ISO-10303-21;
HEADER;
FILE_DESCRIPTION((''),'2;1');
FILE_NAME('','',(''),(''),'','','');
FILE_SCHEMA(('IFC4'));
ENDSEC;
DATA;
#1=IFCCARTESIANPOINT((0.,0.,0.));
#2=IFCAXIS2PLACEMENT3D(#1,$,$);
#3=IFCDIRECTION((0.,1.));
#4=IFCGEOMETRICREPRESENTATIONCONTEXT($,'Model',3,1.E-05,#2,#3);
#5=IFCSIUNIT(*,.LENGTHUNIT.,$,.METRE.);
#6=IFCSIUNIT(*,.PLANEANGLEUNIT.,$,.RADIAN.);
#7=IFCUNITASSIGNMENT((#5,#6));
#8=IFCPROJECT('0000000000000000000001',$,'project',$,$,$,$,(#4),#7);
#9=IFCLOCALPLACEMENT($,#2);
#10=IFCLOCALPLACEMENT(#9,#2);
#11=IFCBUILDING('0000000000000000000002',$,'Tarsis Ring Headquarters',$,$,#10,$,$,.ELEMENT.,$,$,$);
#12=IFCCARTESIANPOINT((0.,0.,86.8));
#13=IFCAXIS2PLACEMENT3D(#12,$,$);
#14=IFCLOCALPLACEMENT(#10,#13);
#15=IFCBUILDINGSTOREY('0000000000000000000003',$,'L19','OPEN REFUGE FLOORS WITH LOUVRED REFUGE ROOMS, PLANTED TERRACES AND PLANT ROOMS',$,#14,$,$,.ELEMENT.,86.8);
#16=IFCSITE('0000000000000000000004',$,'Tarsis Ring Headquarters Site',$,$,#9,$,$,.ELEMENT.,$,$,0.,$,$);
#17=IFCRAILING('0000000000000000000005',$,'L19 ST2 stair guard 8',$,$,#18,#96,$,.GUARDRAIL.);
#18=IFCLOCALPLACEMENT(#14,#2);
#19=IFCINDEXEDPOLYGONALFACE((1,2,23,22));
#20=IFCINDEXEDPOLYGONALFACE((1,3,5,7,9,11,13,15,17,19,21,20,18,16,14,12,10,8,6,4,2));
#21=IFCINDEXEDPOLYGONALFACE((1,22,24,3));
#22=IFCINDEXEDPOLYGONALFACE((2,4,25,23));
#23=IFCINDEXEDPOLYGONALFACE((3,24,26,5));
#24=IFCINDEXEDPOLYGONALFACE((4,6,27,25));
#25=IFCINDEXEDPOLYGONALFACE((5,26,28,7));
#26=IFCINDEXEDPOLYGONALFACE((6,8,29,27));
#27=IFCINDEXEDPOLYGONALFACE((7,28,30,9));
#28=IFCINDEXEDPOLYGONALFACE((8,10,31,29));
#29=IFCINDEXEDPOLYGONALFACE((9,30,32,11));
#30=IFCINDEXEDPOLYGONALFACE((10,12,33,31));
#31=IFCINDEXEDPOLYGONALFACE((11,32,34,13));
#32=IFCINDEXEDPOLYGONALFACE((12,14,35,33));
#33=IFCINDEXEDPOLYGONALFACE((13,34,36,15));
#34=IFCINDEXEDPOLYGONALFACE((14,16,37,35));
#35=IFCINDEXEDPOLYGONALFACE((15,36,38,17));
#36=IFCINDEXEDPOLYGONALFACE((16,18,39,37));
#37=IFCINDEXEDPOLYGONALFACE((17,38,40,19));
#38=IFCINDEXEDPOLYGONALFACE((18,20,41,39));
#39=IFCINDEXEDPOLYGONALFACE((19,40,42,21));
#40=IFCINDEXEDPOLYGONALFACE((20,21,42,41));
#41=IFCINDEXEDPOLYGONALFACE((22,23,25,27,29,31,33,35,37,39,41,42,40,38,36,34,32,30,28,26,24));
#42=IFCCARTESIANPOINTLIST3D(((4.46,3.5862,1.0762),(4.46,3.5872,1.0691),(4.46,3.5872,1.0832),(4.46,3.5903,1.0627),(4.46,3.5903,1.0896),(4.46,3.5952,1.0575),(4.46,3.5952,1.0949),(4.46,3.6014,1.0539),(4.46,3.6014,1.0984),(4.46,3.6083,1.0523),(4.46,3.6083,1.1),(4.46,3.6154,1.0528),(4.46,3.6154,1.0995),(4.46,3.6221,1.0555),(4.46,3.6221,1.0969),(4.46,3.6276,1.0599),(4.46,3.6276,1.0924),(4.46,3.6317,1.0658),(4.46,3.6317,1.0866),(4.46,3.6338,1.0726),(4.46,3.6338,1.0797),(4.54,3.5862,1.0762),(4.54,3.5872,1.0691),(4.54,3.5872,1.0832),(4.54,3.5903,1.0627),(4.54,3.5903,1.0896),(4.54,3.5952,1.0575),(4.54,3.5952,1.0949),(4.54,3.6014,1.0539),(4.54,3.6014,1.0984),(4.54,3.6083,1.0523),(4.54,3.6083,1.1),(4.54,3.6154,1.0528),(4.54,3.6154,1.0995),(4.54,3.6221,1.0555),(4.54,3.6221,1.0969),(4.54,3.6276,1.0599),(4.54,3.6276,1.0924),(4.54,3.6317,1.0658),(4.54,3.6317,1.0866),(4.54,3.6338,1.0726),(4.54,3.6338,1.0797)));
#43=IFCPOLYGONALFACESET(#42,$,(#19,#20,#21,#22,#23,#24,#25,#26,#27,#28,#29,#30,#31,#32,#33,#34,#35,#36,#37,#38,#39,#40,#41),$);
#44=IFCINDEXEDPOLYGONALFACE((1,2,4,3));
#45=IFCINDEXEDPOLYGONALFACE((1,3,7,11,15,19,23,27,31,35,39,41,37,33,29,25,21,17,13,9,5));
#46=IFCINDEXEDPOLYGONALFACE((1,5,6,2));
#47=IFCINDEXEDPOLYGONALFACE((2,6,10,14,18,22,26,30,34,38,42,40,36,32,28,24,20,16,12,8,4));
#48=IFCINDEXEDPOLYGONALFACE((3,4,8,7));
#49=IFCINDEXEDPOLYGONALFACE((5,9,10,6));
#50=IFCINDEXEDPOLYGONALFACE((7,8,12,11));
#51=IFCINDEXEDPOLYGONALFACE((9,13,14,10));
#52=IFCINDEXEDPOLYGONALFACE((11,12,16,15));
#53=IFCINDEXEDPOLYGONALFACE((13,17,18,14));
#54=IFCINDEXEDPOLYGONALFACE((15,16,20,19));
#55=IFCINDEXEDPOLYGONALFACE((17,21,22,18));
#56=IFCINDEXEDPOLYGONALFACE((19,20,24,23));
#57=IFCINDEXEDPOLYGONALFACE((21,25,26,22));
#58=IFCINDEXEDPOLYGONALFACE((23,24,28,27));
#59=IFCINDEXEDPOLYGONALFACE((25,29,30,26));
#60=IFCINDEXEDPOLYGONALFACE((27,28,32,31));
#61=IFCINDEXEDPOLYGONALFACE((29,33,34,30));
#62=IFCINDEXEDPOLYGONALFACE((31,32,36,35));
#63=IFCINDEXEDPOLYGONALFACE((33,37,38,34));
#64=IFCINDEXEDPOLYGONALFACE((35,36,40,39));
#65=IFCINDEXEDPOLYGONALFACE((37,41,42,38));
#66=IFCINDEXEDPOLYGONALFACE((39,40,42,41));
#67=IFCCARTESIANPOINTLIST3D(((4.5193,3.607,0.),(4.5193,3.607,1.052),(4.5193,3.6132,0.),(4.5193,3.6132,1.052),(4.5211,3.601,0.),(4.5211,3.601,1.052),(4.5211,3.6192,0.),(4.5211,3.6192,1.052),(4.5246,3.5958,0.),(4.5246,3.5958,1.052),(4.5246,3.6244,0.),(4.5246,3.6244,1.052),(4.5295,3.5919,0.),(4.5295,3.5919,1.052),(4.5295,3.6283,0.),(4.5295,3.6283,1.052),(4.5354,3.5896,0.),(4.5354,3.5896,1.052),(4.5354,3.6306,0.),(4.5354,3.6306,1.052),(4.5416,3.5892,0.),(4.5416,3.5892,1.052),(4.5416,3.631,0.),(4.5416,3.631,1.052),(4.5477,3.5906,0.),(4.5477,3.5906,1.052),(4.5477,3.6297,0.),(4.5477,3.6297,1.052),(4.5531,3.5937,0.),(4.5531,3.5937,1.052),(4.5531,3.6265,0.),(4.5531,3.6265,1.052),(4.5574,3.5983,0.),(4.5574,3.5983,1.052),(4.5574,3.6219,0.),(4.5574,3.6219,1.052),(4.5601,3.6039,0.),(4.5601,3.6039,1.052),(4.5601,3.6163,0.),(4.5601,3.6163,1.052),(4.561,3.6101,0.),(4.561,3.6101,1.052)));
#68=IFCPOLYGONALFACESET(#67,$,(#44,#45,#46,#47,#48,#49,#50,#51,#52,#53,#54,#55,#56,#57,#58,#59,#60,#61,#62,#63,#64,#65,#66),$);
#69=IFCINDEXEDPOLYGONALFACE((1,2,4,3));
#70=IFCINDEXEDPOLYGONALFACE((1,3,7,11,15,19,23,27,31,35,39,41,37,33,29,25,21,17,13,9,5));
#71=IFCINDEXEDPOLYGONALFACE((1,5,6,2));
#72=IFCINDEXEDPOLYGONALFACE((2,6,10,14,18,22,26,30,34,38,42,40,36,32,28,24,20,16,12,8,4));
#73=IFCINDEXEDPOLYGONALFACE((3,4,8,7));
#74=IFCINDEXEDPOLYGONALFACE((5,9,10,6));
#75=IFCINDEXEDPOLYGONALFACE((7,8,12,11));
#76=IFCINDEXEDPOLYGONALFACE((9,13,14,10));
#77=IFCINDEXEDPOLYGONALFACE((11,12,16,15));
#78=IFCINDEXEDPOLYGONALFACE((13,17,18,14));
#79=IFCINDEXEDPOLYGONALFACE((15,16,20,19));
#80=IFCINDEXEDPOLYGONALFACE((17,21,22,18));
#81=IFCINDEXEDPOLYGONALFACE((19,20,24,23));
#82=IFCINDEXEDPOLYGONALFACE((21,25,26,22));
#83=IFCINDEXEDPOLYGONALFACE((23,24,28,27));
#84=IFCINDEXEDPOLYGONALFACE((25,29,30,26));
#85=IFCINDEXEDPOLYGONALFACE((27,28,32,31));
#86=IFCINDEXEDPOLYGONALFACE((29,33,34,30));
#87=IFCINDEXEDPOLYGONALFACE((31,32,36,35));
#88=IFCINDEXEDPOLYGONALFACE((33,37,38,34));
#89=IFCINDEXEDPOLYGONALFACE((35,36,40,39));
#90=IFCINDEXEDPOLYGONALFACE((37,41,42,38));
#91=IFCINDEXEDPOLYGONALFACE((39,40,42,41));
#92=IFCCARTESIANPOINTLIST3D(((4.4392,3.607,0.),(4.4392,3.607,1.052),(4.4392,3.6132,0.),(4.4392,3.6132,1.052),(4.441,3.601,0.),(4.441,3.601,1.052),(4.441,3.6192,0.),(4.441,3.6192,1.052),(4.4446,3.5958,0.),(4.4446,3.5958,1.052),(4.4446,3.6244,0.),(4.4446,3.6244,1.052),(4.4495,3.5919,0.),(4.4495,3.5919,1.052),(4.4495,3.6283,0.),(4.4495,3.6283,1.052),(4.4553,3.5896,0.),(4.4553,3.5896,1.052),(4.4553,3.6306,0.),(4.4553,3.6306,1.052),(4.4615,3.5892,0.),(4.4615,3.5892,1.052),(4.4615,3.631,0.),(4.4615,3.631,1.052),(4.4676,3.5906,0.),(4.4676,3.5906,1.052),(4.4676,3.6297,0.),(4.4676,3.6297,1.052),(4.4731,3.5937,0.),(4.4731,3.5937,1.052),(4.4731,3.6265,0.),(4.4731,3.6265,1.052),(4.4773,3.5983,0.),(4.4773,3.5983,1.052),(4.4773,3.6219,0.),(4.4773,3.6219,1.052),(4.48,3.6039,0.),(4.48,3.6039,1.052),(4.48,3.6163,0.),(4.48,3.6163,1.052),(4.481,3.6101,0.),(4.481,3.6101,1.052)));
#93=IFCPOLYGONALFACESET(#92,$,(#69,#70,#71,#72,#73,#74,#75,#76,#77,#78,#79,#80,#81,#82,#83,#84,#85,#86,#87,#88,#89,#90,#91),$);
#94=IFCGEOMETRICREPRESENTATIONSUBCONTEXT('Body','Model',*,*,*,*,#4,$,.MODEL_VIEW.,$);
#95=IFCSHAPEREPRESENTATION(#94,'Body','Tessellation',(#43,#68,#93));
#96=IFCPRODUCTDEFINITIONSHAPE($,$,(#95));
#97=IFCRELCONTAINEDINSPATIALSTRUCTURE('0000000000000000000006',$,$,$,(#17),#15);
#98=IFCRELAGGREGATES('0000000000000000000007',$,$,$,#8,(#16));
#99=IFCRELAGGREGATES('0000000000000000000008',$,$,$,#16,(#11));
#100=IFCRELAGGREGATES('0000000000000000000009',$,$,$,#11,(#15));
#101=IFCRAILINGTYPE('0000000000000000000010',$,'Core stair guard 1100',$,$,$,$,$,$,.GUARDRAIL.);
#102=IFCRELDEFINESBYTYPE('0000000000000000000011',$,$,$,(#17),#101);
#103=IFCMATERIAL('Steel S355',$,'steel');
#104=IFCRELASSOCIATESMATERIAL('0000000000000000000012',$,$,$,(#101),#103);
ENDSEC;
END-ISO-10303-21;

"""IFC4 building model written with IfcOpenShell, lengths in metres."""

from ifc_helpers import new_model, si_unit, direction, frame, origin, origin_2d, place, context, subcontext, project, spatial, circle, extrude, material, type_object, element, save


model = new_model("IFC4")

# Units and contexts
model_context = context("Model", 3, precision=1e-05, world=origin(), true_north=direction((0.0, 1.0)))
body_context = subcontext(model_context, "Body", "Model", "MODEL_VIEW")
ifc_project = project(units=[si_unit("LENGTHUNIT", "METRE"), si_unit("PLANEANGLEUNIT", "RADIAN")], contexts=[model_context])

# Site, building, storey
site_placement = place(None, origin())
site = spatial("IfcSite", under=ifc_project, at=site_placement, Name="Tarsis Ring Headquarters Site", CompositionType="ELEMENT", RefElevation=0.0)
building_placement = place(site_placement, origin())
building = spatial("IfcBuilding", under=site, at=building_placement, Name="Tarsis Ring Headquarters", CompositionType="ELEMENT")
storey_placement = place(building_placement, frame((0.0, 0.0, 86.8)))
storey = spatial("IfcBuildingStorey", under=building, at=storey_placement, Name="L19", Description="OPEN REFUGE FLOORS WITH LOUVRED REFUGE ROOMS, PLANTED TERRACES AND PLANT ROOMS", CompositionType="ELEMENT", Elevation=86.8)

# Railing
ifc_material_1 = material(Name="Steel S355", Category="steel")
railing_type_1 = type_object("IfcRailingType", Name="Core stair guard 1100", PredefinedType="GUARDRAIL", material=ifc_material_1)
railing_1_placement = place(storey_placement, frame((4.54, 3.6101, 0.0)))
element("IfcRailing", 1, at=railing_1_placement, inside=storey, type_object=railing_type_1, Name="L19 ST2 stair guard 8", PredefinedType="GUARDRAIL", context=body_context, shape_type="SweptSolid", body=[
    extrude(circle(Radius=0.0239, at=origin_2d()), frame((0.0, 0.0, 1.0762), z_axis=(-1.0, 0.0, 0.0), x_axis=(0.0, -1.0, 0.0)), (0.0, 0.0, 1.0), 0.0801),
    extrude(circle(Radius=0.021, at=origin_2d()), origin(), (0.0, 0.0, 1.0), 1.052),
    extrude(circle(Radius=0.021, at=origin_2d()), frame((-0.0801, 0.0, 0.0)), (0.0, 0.0, 1.0), 1.052),
])

save(model, "model.ifc")
